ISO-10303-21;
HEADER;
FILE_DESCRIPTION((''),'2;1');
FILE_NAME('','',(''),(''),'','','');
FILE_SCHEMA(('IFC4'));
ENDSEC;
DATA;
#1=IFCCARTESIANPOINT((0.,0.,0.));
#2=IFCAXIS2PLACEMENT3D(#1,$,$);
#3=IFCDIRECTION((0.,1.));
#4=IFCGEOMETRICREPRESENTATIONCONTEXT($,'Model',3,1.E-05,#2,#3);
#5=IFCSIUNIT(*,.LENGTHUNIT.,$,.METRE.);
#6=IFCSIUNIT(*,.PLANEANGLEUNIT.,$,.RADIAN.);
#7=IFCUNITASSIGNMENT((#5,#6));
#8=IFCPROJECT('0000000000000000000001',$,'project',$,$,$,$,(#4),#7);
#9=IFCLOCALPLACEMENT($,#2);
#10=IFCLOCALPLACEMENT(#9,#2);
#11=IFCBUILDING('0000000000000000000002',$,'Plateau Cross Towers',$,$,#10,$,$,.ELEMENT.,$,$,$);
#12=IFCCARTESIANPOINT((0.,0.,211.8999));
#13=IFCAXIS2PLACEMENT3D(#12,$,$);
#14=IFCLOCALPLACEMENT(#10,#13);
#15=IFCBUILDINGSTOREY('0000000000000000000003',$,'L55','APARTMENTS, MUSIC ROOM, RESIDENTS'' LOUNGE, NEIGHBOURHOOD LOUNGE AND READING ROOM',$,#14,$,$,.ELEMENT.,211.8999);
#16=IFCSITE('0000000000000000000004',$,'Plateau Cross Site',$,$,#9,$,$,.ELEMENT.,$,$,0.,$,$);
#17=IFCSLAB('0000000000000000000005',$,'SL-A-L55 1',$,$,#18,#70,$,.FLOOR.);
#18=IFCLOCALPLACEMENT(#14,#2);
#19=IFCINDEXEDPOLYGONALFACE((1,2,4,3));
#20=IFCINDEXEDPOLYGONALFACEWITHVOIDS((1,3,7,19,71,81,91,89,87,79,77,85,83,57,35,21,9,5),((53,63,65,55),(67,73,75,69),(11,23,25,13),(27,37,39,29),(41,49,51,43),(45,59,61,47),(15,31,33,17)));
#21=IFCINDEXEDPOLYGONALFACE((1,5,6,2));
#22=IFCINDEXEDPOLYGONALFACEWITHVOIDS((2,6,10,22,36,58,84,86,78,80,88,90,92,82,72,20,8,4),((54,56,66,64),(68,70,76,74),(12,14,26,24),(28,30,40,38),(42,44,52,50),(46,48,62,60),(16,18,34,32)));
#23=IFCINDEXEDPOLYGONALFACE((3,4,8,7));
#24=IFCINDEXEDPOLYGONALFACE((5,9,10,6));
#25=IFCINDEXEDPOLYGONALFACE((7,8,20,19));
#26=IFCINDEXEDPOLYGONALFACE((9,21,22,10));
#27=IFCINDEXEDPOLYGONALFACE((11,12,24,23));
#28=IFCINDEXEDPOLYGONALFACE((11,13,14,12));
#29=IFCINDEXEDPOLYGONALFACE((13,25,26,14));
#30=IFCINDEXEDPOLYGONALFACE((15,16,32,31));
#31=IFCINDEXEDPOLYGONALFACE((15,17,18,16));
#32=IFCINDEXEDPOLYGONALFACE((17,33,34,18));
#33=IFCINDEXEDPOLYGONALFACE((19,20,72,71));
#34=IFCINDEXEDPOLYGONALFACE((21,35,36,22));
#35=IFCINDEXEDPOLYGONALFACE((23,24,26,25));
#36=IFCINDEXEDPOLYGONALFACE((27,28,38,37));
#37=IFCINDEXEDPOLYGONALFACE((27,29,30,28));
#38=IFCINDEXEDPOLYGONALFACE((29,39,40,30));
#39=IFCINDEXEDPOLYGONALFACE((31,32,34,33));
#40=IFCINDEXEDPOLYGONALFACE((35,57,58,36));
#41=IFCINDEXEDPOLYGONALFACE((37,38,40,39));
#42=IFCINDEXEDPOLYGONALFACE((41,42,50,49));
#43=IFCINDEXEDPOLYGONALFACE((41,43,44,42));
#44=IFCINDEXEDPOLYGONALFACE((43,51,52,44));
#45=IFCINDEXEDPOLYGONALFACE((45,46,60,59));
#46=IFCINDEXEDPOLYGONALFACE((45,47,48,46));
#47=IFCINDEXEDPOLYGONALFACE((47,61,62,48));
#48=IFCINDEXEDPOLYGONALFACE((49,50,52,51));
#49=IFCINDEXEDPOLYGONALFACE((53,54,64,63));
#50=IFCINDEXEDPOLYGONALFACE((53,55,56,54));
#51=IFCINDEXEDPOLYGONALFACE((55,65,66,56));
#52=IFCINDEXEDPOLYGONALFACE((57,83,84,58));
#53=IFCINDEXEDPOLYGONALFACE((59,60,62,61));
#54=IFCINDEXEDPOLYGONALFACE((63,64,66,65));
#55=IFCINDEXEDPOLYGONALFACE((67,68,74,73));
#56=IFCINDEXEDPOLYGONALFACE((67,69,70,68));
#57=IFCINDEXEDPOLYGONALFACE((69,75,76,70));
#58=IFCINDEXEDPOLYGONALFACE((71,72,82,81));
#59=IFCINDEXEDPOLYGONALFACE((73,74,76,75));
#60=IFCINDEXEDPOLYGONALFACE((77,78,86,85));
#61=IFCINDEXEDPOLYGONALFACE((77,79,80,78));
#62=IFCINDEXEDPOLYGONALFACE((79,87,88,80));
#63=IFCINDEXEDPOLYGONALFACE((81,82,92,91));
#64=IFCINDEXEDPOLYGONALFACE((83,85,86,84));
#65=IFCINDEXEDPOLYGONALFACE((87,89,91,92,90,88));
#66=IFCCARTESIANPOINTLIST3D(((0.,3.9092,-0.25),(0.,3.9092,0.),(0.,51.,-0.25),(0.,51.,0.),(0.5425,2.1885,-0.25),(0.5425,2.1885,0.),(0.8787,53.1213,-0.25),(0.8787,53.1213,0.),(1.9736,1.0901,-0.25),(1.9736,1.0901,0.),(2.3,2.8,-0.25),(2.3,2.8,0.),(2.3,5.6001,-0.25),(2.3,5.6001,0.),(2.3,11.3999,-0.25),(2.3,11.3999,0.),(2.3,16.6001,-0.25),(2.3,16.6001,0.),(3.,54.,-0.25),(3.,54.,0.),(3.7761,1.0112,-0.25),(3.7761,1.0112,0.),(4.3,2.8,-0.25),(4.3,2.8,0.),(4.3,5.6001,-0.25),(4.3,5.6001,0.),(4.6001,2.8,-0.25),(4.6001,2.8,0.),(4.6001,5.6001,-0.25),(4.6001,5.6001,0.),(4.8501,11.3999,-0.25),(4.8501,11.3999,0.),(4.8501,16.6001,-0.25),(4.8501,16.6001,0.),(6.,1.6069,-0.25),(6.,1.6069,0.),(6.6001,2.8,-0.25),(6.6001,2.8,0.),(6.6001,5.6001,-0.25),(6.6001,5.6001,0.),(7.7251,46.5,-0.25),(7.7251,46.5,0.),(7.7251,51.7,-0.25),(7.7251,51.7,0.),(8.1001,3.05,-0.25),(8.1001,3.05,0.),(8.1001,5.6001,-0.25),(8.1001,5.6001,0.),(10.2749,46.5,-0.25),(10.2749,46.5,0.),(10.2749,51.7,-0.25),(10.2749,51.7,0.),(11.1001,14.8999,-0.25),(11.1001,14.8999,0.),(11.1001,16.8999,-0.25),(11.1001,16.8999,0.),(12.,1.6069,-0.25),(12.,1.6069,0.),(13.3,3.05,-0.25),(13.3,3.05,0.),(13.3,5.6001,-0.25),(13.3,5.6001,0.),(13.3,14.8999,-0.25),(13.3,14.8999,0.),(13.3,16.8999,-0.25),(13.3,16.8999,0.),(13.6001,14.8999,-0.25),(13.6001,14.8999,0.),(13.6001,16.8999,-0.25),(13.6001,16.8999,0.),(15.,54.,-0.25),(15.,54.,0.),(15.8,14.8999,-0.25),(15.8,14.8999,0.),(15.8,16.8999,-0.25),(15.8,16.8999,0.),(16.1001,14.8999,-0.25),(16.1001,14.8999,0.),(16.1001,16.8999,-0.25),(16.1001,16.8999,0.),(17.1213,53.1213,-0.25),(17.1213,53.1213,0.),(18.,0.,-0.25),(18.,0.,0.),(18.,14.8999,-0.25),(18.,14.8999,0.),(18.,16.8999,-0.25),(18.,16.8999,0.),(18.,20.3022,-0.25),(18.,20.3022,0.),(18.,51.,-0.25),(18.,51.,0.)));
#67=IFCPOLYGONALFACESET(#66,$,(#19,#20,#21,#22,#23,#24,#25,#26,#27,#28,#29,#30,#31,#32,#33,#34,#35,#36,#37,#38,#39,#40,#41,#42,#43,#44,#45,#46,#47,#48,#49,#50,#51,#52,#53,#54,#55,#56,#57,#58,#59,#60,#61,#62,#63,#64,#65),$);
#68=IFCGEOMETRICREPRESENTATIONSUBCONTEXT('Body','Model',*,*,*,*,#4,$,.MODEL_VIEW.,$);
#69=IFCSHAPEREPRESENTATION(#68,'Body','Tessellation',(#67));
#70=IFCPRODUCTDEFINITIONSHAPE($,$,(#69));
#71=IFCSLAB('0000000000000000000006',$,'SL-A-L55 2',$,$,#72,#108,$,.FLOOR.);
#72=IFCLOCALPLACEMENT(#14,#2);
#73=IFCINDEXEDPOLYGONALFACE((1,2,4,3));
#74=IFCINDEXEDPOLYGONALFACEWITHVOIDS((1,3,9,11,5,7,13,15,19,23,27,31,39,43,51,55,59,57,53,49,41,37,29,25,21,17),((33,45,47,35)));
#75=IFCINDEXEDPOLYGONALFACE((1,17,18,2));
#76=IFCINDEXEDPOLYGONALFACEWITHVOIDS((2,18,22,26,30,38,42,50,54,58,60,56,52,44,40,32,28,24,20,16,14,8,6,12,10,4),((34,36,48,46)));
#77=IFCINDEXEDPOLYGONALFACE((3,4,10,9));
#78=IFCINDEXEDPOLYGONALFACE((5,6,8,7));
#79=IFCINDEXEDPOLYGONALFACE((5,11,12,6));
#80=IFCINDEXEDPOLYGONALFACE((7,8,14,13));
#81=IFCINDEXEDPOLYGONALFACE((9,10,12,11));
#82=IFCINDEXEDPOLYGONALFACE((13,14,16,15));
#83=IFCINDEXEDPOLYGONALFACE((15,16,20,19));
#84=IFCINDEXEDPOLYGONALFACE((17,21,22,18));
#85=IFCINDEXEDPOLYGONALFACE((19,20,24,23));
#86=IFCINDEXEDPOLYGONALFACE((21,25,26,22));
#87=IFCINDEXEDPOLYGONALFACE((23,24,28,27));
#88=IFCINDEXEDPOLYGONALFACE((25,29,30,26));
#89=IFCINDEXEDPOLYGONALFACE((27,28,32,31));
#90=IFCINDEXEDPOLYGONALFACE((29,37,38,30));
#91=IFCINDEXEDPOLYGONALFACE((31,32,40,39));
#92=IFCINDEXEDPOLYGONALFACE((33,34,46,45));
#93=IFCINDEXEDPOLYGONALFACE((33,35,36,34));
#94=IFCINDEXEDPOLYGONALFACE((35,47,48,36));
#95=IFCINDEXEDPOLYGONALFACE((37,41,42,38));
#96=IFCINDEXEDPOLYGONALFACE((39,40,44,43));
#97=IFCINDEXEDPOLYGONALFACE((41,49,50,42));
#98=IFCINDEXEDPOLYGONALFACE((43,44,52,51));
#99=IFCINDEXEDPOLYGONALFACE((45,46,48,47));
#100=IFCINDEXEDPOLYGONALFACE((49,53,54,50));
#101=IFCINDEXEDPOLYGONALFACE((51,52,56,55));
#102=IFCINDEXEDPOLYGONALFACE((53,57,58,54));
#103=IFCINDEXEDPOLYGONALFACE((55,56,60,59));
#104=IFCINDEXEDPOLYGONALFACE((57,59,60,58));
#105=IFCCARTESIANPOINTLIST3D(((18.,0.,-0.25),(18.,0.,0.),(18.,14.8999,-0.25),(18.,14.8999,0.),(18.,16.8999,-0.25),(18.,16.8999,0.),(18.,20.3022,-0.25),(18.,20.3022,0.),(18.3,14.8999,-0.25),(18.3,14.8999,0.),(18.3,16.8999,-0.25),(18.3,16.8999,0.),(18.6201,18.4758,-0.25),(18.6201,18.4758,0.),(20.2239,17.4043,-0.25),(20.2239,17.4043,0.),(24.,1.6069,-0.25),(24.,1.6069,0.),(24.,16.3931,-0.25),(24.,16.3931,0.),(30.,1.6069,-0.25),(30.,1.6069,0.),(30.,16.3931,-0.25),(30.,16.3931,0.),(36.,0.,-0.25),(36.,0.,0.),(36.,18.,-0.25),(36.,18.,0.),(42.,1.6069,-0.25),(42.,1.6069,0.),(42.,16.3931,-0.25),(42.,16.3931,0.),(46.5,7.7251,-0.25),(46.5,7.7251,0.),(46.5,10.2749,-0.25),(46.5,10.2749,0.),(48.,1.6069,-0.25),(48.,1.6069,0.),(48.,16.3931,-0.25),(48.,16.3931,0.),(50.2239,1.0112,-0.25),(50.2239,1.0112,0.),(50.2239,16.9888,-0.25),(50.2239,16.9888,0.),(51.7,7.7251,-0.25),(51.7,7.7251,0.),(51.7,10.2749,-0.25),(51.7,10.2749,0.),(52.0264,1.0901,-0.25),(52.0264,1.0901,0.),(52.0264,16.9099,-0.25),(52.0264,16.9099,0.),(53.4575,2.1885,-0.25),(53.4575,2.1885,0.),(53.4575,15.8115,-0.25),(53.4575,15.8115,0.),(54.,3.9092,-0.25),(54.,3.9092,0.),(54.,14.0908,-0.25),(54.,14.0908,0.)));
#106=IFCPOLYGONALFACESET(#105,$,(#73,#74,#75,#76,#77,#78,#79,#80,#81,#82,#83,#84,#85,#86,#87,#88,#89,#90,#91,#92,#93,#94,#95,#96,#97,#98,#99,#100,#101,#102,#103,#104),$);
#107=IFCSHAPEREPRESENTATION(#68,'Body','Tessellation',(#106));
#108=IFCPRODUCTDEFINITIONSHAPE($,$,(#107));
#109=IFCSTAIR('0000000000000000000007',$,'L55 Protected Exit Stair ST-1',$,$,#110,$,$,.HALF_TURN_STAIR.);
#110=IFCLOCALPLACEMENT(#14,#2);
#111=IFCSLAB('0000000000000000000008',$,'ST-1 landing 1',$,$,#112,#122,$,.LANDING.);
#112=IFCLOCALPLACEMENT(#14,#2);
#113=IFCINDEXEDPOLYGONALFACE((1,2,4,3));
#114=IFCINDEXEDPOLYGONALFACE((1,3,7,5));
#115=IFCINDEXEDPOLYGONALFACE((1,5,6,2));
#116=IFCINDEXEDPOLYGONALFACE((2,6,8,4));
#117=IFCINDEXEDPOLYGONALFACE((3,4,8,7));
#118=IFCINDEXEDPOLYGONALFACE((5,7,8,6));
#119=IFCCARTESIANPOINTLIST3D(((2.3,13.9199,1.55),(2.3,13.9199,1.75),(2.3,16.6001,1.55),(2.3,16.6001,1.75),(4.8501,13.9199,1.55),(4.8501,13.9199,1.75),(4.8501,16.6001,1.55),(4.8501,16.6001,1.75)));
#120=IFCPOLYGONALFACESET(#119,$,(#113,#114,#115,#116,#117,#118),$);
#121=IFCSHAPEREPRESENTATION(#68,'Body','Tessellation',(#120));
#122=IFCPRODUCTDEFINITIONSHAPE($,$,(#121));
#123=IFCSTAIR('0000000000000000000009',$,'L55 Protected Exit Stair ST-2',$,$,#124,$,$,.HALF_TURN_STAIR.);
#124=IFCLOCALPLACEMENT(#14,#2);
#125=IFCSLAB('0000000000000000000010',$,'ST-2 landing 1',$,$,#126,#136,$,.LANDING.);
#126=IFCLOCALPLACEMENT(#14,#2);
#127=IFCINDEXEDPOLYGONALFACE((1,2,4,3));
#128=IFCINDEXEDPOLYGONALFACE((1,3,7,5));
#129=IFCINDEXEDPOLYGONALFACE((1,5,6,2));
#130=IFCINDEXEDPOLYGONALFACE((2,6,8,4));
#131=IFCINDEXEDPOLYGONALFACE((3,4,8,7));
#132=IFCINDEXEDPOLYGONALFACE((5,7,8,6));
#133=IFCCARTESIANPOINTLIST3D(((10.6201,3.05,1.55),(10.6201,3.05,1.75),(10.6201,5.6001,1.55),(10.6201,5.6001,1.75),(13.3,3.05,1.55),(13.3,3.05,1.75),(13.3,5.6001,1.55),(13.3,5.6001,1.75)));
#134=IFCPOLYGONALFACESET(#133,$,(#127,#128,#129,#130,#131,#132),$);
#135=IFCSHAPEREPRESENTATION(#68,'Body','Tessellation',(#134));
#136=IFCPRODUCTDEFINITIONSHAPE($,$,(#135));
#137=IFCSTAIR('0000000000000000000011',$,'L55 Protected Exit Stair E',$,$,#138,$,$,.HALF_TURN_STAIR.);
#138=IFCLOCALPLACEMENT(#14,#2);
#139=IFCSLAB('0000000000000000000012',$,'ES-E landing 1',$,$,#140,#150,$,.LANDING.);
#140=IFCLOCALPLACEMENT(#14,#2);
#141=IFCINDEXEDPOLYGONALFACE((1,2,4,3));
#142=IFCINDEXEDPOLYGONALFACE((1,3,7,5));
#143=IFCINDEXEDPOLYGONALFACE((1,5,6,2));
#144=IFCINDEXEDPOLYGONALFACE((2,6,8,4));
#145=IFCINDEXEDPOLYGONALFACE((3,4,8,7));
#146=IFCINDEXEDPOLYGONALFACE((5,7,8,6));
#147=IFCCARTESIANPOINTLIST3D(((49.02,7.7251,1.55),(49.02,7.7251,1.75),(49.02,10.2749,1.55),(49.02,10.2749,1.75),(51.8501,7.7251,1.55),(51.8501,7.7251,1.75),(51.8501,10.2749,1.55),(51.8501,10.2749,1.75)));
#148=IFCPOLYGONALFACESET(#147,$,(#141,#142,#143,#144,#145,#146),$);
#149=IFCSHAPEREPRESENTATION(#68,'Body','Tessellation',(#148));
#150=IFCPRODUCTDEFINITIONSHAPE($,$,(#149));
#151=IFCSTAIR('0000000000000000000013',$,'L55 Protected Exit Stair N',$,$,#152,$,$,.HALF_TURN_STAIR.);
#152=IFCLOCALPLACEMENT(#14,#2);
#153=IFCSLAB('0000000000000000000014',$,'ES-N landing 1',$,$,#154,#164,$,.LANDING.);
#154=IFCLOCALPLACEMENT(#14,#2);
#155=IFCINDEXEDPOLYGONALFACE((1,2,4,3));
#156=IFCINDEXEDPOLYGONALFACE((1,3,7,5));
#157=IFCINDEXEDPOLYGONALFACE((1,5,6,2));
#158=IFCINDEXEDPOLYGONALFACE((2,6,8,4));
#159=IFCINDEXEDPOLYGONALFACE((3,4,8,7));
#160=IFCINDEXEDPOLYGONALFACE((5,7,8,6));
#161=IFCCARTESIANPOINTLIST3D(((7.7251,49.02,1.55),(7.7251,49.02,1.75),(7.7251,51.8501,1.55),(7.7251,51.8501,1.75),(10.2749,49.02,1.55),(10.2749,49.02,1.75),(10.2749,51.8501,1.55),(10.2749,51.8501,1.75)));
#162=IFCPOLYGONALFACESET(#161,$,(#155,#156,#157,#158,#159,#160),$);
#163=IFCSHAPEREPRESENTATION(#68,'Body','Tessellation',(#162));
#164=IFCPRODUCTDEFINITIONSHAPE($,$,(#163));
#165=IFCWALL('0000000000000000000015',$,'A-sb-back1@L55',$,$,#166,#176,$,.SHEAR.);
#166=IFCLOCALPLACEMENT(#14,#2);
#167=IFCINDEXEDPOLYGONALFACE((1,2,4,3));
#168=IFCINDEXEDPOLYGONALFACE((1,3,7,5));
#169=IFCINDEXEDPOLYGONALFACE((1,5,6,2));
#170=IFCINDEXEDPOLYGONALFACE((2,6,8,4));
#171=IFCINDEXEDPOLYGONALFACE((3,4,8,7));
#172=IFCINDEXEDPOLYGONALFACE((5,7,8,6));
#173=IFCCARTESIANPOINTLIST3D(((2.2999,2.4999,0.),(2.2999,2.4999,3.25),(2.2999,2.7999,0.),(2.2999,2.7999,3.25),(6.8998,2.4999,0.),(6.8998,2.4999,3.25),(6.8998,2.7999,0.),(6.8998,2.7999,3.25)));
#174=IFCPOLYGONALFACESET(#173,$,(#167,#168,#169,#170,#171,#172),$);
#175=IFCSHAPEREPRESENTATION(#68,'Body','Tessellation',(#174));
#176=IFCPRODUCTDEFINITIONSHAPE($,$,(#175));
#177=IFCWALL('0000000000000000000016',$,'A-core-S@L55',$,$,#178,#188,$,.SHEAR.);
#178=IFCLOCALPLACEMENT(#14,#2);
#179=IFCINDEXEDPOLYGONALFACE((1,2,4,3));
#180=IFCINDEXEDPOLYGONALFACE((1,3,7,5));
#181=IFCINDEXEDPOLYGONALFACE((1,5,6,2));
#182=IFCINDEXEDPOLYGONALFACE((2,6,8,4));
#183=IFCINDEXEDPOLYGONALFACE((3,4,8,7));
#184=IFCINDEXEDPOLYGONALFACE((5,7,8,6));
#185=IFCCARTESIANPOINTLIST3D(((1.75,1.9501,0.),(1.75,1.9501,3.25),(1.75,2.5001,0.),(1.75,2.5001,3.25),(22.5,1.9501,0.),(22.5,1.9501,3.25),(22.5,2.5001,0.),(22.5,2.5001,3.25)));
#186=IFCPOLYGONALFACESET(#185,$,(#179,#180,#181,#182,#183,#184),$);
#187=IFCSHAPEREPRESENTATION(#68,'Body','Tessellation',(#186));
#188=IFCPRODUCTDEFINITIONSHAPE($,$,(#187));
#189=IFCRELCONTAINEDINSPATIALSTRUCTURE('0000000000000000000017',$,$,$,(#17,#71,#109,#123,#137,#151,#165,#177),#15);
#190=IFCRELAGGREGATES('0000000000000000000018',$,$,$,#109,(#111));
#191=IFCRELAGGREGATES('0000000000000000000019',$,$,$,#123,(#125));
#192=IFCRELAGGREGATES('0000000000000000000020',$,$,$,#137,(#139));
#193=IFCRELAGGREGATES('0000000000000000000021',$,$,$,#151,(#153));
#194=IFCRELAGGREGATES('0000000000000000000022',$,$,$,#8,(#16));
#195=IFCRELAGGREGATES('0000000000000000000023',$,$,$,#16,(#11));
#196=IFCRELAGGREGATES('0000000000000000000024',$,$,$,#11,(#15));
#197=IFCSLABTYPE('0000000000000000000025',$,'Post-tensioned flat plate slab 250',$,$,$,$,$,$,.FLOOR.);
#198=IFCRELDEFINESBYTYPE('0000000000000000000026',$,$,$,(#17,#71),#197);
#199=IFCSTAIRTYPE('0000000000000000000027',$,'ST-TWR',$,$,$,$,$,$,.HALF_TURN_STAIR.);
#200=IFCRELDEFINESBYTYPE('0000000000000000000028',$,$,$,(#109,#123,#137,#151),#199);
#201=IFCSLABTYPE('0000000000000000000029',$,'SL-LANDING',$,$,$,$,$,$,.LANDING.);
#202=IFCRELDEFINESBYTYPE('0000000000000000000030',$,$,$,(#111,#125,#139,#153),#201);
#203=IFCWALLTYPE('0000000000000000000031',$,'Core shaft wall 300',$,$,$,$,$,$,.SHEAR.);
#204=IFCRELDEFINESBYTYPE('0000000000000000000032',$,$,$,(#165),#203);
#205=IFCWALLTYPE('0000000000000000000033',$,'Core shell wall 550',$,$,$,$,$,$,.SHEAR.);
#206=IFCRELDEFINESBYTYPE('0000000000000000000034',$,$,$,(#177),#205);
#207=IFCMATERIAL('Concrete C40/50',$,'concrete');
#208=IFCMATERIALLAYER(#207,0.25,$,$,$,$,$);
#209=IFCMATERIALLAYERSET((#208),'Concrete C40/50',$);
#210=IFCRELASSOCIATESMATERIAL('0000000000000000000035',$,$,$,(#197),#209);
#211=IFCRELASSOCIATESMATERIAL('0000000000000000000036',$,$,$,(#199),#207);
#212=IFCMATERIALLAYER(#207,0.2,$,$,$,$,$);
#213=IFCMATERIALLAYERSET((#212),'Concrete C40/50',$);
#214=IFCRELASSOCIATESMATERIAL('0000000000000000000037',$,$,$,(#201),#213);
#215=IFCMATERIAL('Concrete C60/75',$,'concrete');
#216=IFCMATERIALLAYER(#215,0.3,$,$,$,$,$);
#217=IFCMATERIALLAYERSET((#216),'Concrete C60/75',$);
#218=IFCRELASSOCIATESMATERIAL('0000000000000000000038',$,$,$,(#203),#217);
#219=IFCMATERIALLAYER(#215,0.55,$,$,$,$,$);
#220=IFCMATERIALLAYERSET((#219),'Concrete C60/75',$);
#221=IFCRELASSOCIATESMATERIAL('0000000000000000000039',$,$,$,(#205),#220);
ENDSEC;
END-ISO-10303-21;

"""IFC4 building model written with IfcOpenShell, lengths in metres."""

from ifc_helpers import new_model, si_unit, direction, frame, frame_2d, origin, place, context, subcontext, project, spatial, polyline, rectangle, outline, extrude, material, layer, layer_set, type_object, element, aggregate, save


model = new_model("IFC4")

# Units and contexts
model_context = context("Model", 3, precision=1e-05, world=origin(), true_north=direction((0.0, 1.0)))
body_context = subcontext(model_context, "Body", "Model", "MODEL_VIEW")
ifc_project = project(units=[si_unit("LENGTHUNIT", "METRE"), si_unit("PLANEANGLEUNIT", "RADIAN")], contexts=[model_context])

# Site, building, storey
site_placement = place(None, origin())
site = spatial("IfcSite", under=ifc_project, at=site_placement, Name="Plateau Cross Site", CompositionType="ELEMENT", RefElevation=0.0)
building_placement = place(site_placement, origin())
building = spatial("IfcBuilding", under=site, at=building_placement, Name="Plateau Cross Towers", CompositionType="ELEMENT")
storey_placement = place(building_placement, frame((0.0, 0.0, 211.8999)))
storey = spatial("IfcBuildingStorey", under=building, at=storey_placement, Name="L55", Description="APARTMENTS, MUSIC ROOM, RESIDENTS' LOUNGE, NEIGHBOURHOOD LOUNGE AND READING ROOM", CompositionType="ELEMENT", Elevation=211.8999)

# Shared definitions
ifc_material_1 = material(Name="Concrete C60/75", Category="concrete")

# Shared definitions
ifc_material_2 = material(Name="Concrete C40/50", Category="concrete")

# Slabs
ifc_layer_1 = layer(ifc_material_2, 0.25)
ifc_layer_set_1 = layer_set([ifc_layer_1], Name="Concrete C40/50")
slab_type_1 = type_object("IfcSlabType", Name="Post-tensioned flat plate slab 250", PredefinedType="FLOOR", material=ifc_layer_set_1)
slab_1_placement = place(storey_placement, frame((0.0, 0.0, -0.25)))
element("IfcSlab", 1, at=slab_1_placement, inside=storey, type_object=slab_type_1, Name="SL-A-L55 1", PredefinedType="FLOOR", context=body_context, shape_type="SweptSolid", body=[
    extrude(outline(polyline([(0.5425, 2.1885), (0.0, 3.9092), (0.0, 51.0), (0.8787, 53.1213), (3.0, 54.0), (15.0, 54.0), (17.1213, 53.1213), (18.0, 51.0), (18.0, 20.3022), (18.0, 16.8999), (16.1001, 16.8999), (16.1001, 14.8999), (18.0, 14.8999), (18.0, 0.0), (12.0, 1.6069), (6.0, 1.6069), (3.7761, 1.0112), (1.9736, 1.0901), (0.5425, 2.1885)]), holes=[polyline([(2.3, 5.6001), (2.3, 2.8), (4.3, 2.8), (4.3, 5.6001), (2.3, 5.6001)]), polyline([(4.6001, 5.6001), (4.6001, 2.8), (6.6001, 2.8), (6.6001, 5.6001), (4.6001, 5.6001)]), polyline([(8.1001, 5.6001), (8.1001, 3.05), (13.3, 3.05), (13.3, 5.6001), (8.1001, 5.6001)]), polyline([(2.3, 11.3999), (4.8501, 11.3999), (4.8501, 16.6001), (2.3, 16.6001), (2.3, 11.3999)]), polyline([(11.1001, 16.8999), (11.1001, 14.8999), (13.3, 14.8999), (13.3, 16.8999), (11.1001, 16.8999)]), polyline([(13.6001, 16.8999), (13.6001, 14.8999), (15.8, 14.8999), (15.8, 16.8999), (13.6001, 16.8999)]), polyline([(7.7251, 51.7), (7.7251, 46.5), (10.2749, 46.5), (10.2749, 51.7), (7.7251, 51.7)])]), origin(), (0.0, 0.0, 1.0), 0.25),
])
slab_2_placement = place(storey_placement, frame((0.0, 0.0, -0.25)))
element("IfcSlab", 2, at=slab_2_placement, inside=storey, type_object=slab_type_1, Name="SL-A-L55 2", PredefinedType="FLOOR", context=body_context, shape_type="SweptSolid", body=[
    extrude(outline(polyline([(18.6201, 18.4758), (20.2239, 17.4043), (24.0, 16.3931), (30.0, 16.3931), (36.0, 18.0), (42.0, 16.3931), (48.0, 16.3931), (50.2239, 16.9888), (52.0264, 16.9099), (53.4575, 15.8115), (54.0, 14.0908), (54.0, 3.9092), (53.4575, 2.1885), (52.0264, 1.0901), (50.2239, 1.0112), (48.0, 1.6069), (42.0, 1.6069), (36.0, 0.0), (30.0, 1.6069), (24.0, 1.6069), (18.0, 0.0), (18.0, 14.8999), (18.3, 14.8999), (18.3, 16.8999), (18.0, 16.8999), (18.0, 20.3022), (18.6201, 18.4758)]), holes=[polyline([(46.5, 10.2749), (46.5, 7.7251), (51.7, 7.7251), (51.7, 10.2749), (46.5, 10.2749)])]), origin(), (0.0, 0.0, 1.0), 0.25),
])

# Stairs, slabs
stair_type = type_object("IfcStairType", Name="ST-TWR", PredefinedType="HALF_TURN_STAIR", material=ifc_material_2)
stair_1_placement = place(storey_placement, origin())
stair_1 = element("IfcStair", 3, at=stair_1_placement, inside=storey, type_object=stair_type, Name="L55 Protected Exit Stair ST-1", PredefinedType="HALF_TURN_STAIR")
ifc_layer_2 = layer(ifc_material_2, 0.2)
ifc_layer_set_2 = layer_set([ifc_layer_2], Name="Concrete C40/50")
slab_type_2 = type_object("IfcSlabType", Name="SL-LANDING", PredefinedType="LANDING", material=ifc_layer_set_2)
slab_3_placement = place(storey_placement, frame((0.0, 0.0, 1.55)))
slab_3 = element("IfcSlab", 4, at=slab_3_placement, type_object=slab_type_2, Name="ST-1 landing 1", PredefinedType="LANDING", context=body_context, shape_type="SweptSolid", body=[
    extrude(outline(polyline([(4.8501, 13.9199), (4.8501, 16.6001), (2.3, 16.6001), (2.3, 13.9199), (4.8501, 13.9199)])), origin(), (0.0, 0.0, 1.0), 0.2),
])
aggregate(stair_1, [slab_3])
stair_2_placement = place(storey_placement, origin())
stair_2 = element("IfcStair", 5, at=stair_2_placement, inside=storey, type_object=stair_type, Name="L55 Protected Exit Stair ST-2", PredefinedType="HALF_TURN_STAIR")
slab_4_placement = place(storey_placement, frame((0.0, 0.0, 1.55)))
slab_4 = element("IfcSlab", 6, at=slab_4_placement, type_object=slab_type_2, Name="ST-2 landing 1", PredefinedType="LANDING", context=body_context, shape_type="SweptSolid", body=[
    extrude(outline(polyline([(10.6201, 3.05), (13.3, 3.05), (13.3, 5.6001), (10.6201, 5.6001), (10.6201, 3.05)])), origin(), (0.0, 0.0, 1.0), 0.2),
])
aggregate(stair_2, [slab_4])
stair_3_placement = place(storey_placement, origin())
stair_3 = element("IfcStair", 7, at=stair_3_placement, inside=storey, type_object=stair_type, Name="L55 Protected Exit Stair E", PredefinedType="HALF_TURN_STAIR")
slab_5_placement = place(storey_placement, frame((0.0, 0.0, 1.55)))
slab_5 = element("IfcSlab", 8, at=slab_5_placement, type_object=slab_type_2, Name="ES-E landing 1", PredefinedType="LANDING", context=body_context, shape_type="SweptSolid", body=[
    extrude(outline(polyline([(49.02, 7.7251), (51.8501, 7.7251), (51.8501, 10.2749), (49.02, 10.2749), (49.02, 7.7251)])), origin(), (0.0, 0.0, 1.0), 0.2),
])
aggregate(stair_3, [slab_5])
stair_4_placement = place(storey_placement, origin())
stair_4 = element("IfcStair", 9, at=stair_4_placement, inside=storey, type_object=stair_type, Name="L55 Protected Exit Stair N", PredefinedType="HALF_TURN_STAIR")
slab_6_placement = place(storey_placement, frame((0.0, 0.0, 1.55)))
slab_6 = element("IfcSlab", 10, at=slab_6_placement, type_object=slab_type_2, Name="ES-N landing 1", PredefinedType="LANDING", context=body_context, shape_type="SweptSolid", body=[
    extrude(outline(polyline([(10.2749, 49.02), (10.2749, 51.8501), (7.7251, 51.8501), (7.7251, 49.02), (10.2749, 49.02)])), origin(), (0.0, 0.0, 1.0), 0.2),
])
aggregate(stair_4, [slab_6])

# Walls
ifc_layer_3 = layer(ifc_material_1, 0.3)
ifc_layer_set_3 = layer_set([ifc_layer_3], Name="Concrete C60/75")
wall_type_1 = type_object("IfcWallType", Name="Core shaft wall 300", PredefinedType="SHEAR", material=ifc_layer_set_3)
wall_1_placement = place(storey_placement, frame((2.3, 2.6499, 0.0), z_axis=(0.0, 0.0, 1.0), x_axis=(1.0, 0.0, 0.0)))
element("IfcWall", 11, at=wall_1_placement, inside=storey, type_object=wall_type_1, Name="A-sb-back1@L55", PredefinedType="SHEAR", context=body_context, shape_type="SweptSolid", body=[
    extrude(rectangle(XDim=4.5999, YDim=0.3, at=frame_2d((2.2998, 0.0))), origin(), (0.0, 0.0, 1.0), 3.25),
])
ifc_layer_4 = layer(ifc_material_1, 0.55)
ifc_layer_set_4 = layer_set([ifc_layer_4], Name="Concrete C60/75")
wall_type_2 = type_object("IfcWallType", Name="Core shell wall 550", PredefinedType="SHEAR", material=ifc_layer_set_4)
wall_2_placement = place(storey_placement, frame((1.75, 2.2251, 0.0), z_axis=(0.0, 0.0, 1.0), x_axis=(1.0, 0.0, 0.0)))
element("IfcWall", 12, at=wall_2_placement, inside=storey, type_object=wall_type_2, Name="A-core-S@L55", PredefinedType="SHEAR", context=body_context, shape_type="SweptSolid", body=[
    extrude(rectangle(XDim=20.75, YDim=0.55, at=frame_2d((10.375, 0.0))), origin(), (0.0, 0.0, 1.0), 3.25),
])

save(model, "model.ifc")
